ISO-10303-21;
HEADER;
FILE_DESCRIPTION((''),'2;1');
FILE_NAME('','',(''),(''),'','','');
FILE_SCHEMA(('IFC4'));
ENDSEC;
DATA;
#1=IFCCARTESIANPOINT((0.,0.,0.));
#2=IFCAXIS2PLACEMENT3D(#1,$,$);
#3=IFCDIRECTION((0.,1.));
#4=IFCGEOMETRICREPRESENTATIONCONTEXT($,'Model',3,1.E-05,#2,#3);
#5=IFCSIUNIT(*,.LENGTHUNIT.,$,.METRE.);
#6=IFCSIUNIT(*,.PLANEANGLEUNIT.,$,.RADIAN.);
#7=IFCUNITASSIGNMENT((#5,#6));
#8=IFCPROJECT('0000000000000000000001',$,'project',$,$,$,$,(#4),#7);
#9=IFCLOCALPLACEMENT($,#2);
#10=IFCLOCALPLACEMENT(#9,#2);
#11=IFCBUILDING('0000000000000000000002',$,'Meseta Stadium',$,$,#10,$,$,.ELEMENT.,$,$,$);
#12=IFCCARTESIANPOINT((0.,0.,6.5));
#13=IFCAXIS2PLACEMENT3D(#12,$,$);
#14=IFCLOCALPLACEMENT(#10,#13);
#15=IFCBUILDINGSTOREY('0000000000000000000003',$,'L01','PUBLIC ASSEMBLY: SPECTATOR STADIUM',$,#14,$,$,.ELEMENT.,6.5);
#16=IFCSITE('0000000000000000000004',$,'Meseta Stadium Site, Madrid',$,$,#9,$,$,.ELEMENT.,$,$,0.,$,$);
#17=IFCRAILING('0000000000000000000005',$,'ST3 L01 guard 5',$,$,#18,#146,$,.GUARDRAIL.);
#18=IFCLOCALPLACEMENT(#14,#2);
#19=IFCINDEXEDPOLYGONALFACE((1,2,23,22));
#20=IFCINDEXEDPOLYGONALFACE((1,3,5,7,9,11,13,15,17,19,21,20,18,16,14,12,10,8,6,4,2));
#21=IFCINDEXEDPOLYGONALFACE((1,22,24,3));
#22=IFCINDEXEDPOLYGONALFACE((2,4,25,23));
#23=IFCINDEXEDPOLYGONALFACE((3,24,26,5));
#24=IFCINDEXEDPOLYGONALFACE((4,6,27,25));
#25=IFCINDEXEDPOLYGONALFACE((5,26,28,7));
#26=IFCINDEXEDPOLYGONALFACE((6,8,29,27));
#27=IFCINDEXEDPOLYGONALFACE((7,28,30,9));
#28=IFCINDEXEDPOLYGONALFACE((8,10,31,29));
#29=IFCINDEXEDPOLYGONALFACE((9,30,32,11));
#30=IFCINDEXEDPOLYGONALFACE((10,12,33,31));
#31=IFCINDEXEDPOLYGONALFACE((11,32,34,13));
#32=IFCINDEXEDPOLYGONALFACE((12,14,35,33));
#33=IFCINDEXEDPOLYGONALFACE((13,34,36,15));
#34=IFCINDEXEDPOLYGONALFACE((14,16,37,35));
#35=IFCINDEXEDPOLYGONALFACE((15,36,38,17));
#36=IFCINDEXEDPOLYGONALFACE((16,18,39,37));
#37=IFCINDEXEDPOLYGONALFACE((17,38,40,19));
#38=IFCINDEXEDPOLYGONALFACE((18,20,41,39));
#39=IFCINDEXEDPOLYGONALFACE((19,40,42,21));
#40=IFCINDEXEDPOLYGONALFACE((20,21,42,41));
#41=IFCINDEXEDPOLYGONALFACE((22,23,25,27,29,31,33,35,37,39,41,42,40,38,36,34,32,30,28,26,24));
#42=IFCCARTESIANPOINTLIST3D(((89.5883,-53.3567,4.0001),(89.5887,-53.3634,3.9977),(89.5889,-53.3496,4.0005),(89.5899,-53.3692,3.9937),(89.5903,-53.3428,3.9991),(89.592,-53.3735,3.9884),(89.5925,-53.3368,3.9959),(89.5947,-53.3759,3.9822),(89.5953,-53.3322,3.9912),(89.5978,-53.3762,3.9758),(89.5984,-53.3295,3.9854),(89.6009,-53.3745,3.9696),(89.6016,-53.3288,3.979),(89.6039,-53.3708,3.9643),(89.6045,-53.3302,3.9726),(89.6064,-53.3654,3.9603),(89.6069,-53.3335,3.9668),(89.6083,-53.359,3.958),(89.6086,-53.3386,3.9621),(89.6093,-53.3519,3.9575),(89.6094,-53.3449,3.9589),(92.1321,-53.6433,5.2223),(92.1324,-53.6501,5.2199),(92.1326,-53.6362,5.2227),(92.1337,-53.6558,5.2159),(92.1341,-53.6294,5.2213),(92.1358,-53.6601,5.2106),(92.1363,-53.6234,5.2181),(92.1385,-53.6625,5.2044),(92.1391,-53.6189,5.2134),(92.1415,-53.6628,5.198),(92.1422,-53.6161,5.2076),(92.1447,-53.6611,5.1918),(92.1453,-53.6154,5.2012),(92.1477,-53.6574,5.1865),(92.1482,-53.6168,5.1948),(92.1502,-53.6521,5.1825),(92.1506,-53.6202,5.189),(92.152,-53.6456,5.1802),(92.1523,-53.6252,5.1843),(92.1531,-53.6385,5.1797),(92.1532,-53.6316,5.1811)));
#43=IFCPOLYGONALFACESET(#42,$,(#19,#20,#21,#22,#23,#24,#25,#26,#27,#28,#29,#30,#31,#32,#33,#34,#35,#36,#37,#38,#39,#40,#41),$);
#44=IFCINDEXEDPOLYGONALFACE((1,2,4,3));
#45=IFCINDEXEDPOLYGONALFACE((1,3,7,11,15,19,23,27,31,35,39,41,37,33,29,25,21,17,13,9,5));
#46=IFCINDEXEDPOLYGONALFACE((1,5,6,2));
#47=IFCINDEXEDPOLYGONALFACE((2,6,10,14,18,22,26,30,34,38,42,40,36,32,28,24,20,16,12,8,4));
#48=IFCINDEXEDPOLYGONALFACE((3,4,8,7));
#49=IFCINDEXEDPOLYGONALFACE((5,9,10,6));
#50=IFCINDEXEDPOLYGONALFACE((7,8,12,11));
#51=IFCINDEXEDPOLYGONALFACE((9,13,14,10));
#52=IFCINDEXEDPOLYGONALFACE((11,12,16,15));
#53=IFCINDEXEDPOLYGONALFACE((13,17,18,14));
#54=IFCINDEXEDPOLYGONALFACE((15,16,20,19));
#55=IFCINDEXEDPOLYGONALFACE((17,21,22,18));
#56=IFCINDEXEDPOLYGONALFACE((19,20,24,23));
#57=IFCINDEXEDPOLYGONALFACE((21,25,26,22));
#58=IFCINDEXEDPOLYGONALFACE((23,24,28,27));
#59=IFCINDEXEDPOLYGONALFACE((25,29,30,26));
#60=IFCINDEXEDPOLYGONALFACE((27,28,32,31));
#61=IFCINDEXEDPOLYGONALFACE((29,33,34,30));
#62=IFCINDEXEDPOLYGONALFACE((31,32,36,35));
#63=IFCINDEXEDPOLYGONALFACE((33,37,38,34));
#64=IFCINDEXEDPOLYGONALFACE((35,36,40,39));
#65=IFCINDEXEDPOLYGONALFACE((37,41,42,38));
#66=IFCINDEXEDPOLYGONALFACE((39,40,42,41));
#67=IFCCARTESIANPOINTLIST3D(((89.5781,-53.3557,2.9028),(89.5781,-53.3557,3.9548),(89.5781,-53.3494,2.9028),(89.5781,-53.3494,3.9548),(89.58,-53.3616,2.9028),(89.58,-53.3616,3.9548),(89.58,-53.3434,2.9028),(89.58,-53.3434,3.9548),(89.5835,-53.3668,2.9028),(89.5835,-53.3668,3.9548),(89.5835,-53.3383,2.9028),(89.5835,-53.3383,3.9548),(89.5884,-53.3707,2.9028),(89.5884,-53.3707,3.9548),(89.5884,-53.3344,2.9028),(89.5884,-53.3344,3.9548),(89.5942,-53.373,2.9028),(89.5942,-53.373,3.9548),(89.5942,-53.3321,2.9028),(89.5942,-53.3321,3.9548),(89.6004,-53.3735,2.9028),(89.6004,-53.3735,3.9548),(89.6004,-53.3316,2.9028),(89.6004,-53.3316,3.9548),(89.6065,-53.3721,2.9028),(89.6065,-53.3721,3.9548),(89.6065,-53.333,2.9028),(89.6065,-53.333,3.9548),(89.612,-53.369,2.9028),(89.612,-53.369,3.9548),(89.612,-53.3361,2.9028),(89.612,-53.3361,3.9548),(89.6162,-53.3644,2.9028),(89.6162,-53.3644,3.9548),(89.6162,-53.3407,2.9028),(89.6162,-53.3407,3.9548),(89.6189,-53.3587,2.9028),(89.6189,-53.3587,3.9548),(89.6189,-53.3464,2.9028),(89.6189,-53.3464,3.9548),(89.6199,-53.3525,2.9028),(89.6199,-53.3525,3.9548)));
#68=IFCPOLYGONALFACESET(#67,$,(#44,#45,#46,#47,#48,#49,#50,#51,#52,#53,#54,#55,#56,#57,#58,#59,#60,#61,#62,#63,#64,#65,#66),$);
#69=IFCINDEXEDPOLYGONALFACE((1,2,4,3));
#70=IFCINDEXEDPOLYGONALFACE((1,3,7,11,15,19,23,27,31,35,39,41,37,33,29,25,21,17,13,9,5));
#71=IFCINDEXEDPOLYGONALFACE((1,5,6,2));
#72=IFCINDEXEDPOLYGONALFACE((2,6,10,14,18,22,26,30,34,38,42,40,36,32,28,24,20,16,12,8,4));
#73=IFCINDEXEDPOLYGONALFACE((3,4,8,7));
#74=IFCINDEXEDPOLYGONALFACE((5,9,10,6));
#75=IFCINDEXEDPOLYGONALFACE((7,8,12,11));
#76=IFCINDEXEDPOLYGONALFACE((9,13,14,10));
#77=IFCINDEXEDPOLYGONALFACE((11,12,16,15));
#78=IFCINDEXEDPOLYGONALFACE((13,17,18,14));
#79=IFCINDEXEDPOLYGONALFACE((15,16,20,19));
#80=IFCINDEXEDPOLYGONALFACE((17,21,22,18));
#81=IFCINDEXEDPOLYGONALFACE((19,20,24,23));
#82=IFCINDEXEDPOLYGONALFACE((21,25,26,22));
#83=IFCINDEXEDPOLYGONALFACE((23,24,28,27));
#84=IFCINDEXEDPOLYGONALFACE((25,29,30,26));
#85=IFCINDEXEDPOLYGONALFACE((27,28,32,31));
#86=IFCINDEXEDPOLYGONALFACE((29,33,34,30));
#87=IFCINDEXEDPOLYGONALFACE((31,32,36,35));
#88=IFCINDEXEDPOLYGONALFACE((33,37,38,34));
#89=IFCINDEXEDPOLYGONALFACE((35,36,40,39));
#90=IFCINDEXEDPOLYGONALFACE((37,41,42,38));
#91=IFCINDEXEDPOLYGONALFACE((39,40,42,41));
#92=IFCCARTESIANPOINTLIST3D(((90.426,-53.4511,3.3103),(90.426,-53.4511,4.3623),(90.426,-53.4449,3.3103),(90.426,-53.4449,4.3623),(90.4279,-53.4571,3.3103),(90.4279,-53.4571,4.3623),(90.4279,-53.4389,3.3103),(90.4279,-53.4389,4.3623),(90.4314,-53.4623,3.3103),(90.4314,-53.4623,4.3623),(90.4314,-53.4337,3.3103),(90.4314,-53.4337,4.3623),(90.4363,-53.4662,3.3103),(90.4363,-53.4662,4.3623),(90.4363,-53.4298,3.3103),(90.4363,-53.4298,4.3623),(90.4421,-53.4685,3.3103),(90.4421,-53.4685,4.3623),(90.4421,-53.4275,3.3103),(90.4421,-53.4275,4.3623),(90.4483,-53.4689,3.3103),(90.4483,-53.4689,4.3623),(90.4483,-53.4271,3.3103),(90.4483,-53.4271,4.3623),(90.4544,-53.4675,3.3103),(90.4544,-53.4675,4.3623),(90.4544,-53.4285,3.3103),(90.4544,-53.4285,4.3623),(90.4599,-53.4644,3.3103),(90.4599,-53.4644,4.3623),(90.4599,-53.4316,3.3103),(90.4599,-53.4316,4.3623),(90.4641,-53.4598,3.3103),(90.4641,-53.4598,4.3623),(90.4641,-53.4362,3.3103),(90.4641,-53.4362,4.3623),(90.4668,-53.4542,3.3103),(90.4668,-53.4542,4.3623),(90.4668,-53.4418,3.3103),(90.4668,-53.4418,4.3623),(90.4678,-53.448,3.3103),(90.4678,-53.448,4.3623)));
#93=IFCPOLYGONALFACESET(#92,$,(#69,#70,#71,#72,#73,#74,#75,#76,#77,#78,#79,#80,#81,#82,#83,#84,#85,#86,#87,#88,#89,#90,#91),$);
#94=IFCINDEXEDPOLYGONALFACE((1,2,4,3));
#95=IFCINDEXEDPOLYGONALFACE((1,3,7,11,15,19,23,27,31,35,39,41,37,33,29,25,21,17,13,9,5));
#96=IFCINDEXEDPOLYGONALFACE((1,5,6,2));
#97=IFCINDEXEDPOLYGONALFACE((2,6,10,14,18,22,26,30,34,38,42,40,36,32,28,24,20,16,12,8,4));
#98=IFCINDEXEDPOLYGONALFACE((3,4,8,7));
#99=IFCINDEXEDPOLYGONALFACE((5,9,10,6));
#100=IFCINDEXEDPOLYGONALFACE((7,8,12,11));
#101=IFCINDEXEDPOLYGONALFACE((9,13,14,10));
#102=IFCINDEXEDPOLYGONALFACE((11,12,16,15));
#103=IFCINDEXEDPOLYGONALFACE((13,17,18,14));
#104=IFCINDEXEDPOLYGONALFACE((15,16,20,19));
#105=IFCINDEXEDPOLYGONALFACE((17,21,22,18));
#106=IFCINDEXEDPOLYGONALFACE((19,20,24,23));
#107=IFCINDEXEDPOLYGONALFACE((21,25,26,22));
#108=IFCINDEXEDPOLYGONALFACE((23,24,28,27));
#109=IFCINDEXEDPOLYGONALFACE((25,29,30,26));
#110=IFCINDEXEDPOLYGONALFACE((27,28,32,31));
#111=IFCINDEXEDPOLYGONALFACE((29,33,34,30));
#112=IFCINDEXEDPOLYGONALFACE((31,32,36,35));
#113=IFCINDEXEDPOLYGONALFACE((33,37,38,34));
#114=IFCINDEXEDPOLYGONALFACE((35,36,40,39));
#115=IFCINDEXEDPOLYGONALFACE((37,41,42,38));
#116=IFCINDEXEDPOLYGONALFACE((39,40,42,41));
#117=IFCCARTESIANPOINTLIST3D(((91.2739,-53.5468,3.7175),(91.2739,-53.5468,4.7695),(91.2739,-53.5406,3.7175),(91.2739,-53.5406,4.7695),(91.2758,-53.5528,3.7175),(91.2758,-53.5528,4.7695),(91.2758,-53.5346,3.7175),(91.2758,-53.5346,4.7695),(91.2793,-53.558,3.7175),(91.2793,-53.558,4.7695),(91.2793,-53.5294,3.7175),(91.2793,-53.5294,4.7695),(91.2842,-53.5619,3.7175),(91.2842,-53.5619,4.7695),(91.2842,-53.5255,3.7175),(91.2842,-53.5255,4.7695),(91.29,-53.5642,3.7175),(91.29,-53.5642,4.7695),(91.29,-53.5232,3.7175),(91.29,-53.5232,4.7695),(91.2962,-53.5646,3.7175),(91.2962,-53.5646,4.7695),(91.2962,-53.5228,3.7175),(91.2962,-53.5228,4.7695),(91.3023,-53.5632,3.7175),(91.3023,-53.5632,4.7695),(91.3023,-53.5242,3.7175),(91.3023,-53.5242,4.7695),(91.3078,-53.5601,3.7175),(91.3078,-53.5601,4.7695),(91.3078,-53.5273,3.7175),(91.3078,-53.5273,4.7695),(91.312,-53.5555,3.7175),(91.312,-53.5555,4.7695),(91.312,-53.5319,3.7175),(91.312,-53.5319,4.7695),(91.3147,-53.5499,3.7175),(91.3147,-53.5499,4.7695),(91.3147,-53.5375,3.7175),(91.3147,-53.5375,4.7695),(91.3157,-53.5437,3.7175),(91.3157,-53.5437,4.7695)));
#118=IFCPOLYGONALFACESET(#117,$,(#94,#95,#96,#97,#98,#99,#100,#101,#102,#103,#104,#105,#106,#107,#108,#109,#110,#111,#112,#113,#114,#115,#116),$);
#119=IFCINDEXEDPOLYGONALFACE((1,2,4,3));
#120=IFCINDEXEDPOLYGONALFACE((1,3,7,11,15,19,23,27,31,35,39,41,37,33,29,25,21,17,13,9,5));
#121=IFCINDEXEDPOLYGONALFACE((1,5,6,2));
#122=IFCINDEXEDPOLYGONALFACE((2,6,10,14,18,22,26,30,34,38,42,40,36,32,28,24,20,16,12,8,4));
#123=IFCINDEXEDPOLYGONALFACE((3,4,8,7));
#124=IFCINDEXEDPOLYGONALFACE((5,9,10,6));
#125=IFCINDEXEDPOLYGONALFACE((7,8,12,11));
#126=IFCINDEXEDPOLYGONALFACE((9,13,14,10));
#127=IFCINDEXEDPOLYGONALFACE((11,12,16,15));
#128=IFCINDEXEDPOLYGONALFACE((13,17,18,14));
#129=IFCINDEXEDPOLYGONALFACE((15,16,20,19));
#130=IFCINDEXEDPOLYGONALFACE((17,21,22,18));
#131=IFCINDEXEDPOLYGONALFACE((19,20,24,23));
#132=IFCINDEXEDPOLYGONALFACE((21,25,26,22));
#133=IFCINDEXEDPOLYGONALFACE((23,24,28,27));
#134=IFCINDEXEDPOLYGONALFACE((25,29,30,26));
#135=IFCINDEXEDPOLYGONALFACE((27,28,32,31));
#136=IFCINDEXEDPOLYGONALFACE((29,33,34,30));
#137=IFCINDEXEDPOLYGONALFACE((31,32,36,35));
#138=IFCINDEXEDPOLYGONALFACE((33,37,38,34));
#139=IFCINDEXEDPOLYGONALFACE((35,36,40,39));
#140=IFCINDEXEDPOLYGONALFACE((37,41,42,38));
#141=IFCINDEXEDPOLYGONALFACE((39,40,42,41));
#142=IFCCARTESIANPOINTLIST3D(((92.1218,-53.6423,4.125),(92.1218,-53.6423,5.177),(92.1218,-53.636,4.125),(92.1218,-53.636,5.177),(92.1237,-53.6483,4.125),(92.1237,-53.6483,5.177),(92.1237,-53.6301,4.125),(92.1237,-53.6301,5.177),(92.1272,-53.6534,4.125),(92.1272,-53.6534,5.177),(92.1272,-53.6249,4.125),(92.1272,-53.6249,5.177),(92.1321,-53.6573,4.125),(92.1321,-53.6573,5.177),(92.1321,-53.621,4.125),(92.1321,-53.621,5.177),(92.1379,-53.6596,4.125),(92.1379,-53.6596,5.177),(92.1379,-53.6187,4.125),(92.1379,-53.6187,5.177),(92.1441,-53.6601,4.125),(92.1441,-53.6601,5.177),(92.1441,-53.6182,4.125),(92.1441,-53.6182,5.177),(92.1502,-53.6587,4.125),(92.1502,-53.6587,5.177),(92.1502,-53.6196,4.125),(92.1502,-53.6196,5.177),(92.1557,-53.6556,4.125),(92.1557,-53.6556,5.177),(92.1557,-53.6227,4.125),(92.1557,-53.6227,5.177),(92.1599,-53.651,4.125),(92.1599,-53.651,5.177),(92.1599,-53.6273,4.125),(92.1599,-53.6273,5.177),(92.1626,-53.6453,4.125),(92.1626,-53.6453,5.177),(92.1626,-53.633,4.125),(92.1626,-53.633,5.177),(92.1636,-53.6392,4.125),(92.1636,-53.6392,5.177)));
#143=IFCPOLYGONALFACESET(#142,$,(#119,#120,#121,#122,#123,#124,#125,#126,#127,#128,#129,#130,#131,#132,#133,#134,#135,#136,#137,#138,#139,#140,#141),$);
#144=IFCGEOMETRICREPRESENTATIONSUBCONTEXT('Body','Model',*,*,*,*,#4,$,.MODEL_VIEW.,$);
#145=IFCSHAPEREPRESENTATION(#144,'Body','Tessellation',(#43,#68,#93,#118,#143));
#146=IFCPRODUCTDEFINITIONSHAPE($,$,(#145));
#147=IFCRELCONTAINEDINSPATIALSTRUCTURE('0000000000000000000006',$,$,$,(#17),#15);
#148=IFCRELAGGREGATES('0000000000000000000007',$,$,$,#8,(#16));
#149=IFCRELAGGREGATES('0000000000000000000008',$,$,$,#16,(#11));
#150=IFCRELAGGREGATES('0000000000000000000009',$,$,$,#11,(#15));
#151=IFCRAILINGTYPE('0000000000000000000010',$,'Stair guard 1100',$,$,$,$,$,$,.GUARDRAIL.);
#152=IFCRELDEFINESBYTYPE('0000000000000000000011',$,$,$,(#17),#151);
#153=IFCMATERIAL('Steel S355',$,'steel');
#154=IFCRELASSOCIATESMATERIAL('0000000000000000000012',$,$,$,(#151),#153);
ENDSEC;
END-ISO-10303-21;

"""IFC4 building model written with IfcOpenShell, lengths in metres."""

from ifc_helpers import new_model, si_unit, direction, frame, origin, origin_2d, place, context, subcontext, project, spatial, circle, extrude, material, type_object, element, save


model = new_model("IFC4")

# Units and contexts
model_context = context("Model", 3, precision=1e-05, world=origin(), true_north=direction((0.0, 1.0)))
body_context = subcontext(model_context, "Body", "Model", "MODEL_VIEW")
ifc_project = project(units=[si_unit("LENGTHUNIT", "METRE"), si_unit("PLANEANGLEUNIT", "RADIAN")], contexts=[model_context])

# Site, building, storey
site_placement = place(None, origin())
site = spatial("IfcSite", under=ifc_project, at=site_placement, Name="Meseta Stadium Site, Madrid", CompositionType="ELEMENT", RefElevation=0.0)
building_placement = place(site_placement, origin())
building = spatial("IfcBuilding", under=site, at=building_placement, Name="Meseta Stadium", CompositionType="ELEMENT")
storey_placement = place(building_placement, frame((0.0, 0.0, 6.5)))
storey = spatial("IfcBuildingStorey", under=building, at=storey_placement, Name="L01", Description="PUBLIC ASSEMBLY: SPECTATOR STADIUM", CompositionType="ELEMENT", Elevation=6.5)

# Railing
ifc_material_1 = material(Name="Steel S355", Category="steel")
railing_type_1 = type_object("IfcRailingType", Name="Stair guard 1100", PredefinedType="GUARDRAIL", material=ifc_material_1)
railing_1_placement = place(storey_placement, frame((89.5989, -53.3525, 2.9028)))
element("IfcRailing", 1, at=railing_1_placement, inside=storey, type_object=railing_type_1, Name="ST3 L01 guard 5", PredefinedType="GUARDRAIL", context=body_context, shape_type="SweptSolid", body=[
    extrude(circle(Radius=0.0239, at=origin_2d()), frame((0.0, 0.0, 1.0762), z_axis=(0.896745, -0.101044, 0.430858), x_axis=(0.11197, 0.993712, 0.0)), (0.0, 0.0, 1.0), 2.8367),
    extrude(circle(Radius=0.021, at=origin_2d()), origin(), (0.0, 0.0, 1.0), 1.052),
    extrude(circle(Radius=0.021, at=origin_2d()), frame((0.8479, -0.0955, 0.4075)), (0.0, 0.0, 1.0), 1.052),
    extrude(circle(Radius=0.021, at=origin_2d()), frame((1.6958, -0.1912, 0.8147)), (0.0, 0.0, 1.0), 1.052),
    extrude(circle(Radius=0.021, at=origin_2d()), frame((2.5437, -0.2866, 1.2222)), (0.0, 0.0, 1.0), 1.052),
])

save(model, "model.ifc")
